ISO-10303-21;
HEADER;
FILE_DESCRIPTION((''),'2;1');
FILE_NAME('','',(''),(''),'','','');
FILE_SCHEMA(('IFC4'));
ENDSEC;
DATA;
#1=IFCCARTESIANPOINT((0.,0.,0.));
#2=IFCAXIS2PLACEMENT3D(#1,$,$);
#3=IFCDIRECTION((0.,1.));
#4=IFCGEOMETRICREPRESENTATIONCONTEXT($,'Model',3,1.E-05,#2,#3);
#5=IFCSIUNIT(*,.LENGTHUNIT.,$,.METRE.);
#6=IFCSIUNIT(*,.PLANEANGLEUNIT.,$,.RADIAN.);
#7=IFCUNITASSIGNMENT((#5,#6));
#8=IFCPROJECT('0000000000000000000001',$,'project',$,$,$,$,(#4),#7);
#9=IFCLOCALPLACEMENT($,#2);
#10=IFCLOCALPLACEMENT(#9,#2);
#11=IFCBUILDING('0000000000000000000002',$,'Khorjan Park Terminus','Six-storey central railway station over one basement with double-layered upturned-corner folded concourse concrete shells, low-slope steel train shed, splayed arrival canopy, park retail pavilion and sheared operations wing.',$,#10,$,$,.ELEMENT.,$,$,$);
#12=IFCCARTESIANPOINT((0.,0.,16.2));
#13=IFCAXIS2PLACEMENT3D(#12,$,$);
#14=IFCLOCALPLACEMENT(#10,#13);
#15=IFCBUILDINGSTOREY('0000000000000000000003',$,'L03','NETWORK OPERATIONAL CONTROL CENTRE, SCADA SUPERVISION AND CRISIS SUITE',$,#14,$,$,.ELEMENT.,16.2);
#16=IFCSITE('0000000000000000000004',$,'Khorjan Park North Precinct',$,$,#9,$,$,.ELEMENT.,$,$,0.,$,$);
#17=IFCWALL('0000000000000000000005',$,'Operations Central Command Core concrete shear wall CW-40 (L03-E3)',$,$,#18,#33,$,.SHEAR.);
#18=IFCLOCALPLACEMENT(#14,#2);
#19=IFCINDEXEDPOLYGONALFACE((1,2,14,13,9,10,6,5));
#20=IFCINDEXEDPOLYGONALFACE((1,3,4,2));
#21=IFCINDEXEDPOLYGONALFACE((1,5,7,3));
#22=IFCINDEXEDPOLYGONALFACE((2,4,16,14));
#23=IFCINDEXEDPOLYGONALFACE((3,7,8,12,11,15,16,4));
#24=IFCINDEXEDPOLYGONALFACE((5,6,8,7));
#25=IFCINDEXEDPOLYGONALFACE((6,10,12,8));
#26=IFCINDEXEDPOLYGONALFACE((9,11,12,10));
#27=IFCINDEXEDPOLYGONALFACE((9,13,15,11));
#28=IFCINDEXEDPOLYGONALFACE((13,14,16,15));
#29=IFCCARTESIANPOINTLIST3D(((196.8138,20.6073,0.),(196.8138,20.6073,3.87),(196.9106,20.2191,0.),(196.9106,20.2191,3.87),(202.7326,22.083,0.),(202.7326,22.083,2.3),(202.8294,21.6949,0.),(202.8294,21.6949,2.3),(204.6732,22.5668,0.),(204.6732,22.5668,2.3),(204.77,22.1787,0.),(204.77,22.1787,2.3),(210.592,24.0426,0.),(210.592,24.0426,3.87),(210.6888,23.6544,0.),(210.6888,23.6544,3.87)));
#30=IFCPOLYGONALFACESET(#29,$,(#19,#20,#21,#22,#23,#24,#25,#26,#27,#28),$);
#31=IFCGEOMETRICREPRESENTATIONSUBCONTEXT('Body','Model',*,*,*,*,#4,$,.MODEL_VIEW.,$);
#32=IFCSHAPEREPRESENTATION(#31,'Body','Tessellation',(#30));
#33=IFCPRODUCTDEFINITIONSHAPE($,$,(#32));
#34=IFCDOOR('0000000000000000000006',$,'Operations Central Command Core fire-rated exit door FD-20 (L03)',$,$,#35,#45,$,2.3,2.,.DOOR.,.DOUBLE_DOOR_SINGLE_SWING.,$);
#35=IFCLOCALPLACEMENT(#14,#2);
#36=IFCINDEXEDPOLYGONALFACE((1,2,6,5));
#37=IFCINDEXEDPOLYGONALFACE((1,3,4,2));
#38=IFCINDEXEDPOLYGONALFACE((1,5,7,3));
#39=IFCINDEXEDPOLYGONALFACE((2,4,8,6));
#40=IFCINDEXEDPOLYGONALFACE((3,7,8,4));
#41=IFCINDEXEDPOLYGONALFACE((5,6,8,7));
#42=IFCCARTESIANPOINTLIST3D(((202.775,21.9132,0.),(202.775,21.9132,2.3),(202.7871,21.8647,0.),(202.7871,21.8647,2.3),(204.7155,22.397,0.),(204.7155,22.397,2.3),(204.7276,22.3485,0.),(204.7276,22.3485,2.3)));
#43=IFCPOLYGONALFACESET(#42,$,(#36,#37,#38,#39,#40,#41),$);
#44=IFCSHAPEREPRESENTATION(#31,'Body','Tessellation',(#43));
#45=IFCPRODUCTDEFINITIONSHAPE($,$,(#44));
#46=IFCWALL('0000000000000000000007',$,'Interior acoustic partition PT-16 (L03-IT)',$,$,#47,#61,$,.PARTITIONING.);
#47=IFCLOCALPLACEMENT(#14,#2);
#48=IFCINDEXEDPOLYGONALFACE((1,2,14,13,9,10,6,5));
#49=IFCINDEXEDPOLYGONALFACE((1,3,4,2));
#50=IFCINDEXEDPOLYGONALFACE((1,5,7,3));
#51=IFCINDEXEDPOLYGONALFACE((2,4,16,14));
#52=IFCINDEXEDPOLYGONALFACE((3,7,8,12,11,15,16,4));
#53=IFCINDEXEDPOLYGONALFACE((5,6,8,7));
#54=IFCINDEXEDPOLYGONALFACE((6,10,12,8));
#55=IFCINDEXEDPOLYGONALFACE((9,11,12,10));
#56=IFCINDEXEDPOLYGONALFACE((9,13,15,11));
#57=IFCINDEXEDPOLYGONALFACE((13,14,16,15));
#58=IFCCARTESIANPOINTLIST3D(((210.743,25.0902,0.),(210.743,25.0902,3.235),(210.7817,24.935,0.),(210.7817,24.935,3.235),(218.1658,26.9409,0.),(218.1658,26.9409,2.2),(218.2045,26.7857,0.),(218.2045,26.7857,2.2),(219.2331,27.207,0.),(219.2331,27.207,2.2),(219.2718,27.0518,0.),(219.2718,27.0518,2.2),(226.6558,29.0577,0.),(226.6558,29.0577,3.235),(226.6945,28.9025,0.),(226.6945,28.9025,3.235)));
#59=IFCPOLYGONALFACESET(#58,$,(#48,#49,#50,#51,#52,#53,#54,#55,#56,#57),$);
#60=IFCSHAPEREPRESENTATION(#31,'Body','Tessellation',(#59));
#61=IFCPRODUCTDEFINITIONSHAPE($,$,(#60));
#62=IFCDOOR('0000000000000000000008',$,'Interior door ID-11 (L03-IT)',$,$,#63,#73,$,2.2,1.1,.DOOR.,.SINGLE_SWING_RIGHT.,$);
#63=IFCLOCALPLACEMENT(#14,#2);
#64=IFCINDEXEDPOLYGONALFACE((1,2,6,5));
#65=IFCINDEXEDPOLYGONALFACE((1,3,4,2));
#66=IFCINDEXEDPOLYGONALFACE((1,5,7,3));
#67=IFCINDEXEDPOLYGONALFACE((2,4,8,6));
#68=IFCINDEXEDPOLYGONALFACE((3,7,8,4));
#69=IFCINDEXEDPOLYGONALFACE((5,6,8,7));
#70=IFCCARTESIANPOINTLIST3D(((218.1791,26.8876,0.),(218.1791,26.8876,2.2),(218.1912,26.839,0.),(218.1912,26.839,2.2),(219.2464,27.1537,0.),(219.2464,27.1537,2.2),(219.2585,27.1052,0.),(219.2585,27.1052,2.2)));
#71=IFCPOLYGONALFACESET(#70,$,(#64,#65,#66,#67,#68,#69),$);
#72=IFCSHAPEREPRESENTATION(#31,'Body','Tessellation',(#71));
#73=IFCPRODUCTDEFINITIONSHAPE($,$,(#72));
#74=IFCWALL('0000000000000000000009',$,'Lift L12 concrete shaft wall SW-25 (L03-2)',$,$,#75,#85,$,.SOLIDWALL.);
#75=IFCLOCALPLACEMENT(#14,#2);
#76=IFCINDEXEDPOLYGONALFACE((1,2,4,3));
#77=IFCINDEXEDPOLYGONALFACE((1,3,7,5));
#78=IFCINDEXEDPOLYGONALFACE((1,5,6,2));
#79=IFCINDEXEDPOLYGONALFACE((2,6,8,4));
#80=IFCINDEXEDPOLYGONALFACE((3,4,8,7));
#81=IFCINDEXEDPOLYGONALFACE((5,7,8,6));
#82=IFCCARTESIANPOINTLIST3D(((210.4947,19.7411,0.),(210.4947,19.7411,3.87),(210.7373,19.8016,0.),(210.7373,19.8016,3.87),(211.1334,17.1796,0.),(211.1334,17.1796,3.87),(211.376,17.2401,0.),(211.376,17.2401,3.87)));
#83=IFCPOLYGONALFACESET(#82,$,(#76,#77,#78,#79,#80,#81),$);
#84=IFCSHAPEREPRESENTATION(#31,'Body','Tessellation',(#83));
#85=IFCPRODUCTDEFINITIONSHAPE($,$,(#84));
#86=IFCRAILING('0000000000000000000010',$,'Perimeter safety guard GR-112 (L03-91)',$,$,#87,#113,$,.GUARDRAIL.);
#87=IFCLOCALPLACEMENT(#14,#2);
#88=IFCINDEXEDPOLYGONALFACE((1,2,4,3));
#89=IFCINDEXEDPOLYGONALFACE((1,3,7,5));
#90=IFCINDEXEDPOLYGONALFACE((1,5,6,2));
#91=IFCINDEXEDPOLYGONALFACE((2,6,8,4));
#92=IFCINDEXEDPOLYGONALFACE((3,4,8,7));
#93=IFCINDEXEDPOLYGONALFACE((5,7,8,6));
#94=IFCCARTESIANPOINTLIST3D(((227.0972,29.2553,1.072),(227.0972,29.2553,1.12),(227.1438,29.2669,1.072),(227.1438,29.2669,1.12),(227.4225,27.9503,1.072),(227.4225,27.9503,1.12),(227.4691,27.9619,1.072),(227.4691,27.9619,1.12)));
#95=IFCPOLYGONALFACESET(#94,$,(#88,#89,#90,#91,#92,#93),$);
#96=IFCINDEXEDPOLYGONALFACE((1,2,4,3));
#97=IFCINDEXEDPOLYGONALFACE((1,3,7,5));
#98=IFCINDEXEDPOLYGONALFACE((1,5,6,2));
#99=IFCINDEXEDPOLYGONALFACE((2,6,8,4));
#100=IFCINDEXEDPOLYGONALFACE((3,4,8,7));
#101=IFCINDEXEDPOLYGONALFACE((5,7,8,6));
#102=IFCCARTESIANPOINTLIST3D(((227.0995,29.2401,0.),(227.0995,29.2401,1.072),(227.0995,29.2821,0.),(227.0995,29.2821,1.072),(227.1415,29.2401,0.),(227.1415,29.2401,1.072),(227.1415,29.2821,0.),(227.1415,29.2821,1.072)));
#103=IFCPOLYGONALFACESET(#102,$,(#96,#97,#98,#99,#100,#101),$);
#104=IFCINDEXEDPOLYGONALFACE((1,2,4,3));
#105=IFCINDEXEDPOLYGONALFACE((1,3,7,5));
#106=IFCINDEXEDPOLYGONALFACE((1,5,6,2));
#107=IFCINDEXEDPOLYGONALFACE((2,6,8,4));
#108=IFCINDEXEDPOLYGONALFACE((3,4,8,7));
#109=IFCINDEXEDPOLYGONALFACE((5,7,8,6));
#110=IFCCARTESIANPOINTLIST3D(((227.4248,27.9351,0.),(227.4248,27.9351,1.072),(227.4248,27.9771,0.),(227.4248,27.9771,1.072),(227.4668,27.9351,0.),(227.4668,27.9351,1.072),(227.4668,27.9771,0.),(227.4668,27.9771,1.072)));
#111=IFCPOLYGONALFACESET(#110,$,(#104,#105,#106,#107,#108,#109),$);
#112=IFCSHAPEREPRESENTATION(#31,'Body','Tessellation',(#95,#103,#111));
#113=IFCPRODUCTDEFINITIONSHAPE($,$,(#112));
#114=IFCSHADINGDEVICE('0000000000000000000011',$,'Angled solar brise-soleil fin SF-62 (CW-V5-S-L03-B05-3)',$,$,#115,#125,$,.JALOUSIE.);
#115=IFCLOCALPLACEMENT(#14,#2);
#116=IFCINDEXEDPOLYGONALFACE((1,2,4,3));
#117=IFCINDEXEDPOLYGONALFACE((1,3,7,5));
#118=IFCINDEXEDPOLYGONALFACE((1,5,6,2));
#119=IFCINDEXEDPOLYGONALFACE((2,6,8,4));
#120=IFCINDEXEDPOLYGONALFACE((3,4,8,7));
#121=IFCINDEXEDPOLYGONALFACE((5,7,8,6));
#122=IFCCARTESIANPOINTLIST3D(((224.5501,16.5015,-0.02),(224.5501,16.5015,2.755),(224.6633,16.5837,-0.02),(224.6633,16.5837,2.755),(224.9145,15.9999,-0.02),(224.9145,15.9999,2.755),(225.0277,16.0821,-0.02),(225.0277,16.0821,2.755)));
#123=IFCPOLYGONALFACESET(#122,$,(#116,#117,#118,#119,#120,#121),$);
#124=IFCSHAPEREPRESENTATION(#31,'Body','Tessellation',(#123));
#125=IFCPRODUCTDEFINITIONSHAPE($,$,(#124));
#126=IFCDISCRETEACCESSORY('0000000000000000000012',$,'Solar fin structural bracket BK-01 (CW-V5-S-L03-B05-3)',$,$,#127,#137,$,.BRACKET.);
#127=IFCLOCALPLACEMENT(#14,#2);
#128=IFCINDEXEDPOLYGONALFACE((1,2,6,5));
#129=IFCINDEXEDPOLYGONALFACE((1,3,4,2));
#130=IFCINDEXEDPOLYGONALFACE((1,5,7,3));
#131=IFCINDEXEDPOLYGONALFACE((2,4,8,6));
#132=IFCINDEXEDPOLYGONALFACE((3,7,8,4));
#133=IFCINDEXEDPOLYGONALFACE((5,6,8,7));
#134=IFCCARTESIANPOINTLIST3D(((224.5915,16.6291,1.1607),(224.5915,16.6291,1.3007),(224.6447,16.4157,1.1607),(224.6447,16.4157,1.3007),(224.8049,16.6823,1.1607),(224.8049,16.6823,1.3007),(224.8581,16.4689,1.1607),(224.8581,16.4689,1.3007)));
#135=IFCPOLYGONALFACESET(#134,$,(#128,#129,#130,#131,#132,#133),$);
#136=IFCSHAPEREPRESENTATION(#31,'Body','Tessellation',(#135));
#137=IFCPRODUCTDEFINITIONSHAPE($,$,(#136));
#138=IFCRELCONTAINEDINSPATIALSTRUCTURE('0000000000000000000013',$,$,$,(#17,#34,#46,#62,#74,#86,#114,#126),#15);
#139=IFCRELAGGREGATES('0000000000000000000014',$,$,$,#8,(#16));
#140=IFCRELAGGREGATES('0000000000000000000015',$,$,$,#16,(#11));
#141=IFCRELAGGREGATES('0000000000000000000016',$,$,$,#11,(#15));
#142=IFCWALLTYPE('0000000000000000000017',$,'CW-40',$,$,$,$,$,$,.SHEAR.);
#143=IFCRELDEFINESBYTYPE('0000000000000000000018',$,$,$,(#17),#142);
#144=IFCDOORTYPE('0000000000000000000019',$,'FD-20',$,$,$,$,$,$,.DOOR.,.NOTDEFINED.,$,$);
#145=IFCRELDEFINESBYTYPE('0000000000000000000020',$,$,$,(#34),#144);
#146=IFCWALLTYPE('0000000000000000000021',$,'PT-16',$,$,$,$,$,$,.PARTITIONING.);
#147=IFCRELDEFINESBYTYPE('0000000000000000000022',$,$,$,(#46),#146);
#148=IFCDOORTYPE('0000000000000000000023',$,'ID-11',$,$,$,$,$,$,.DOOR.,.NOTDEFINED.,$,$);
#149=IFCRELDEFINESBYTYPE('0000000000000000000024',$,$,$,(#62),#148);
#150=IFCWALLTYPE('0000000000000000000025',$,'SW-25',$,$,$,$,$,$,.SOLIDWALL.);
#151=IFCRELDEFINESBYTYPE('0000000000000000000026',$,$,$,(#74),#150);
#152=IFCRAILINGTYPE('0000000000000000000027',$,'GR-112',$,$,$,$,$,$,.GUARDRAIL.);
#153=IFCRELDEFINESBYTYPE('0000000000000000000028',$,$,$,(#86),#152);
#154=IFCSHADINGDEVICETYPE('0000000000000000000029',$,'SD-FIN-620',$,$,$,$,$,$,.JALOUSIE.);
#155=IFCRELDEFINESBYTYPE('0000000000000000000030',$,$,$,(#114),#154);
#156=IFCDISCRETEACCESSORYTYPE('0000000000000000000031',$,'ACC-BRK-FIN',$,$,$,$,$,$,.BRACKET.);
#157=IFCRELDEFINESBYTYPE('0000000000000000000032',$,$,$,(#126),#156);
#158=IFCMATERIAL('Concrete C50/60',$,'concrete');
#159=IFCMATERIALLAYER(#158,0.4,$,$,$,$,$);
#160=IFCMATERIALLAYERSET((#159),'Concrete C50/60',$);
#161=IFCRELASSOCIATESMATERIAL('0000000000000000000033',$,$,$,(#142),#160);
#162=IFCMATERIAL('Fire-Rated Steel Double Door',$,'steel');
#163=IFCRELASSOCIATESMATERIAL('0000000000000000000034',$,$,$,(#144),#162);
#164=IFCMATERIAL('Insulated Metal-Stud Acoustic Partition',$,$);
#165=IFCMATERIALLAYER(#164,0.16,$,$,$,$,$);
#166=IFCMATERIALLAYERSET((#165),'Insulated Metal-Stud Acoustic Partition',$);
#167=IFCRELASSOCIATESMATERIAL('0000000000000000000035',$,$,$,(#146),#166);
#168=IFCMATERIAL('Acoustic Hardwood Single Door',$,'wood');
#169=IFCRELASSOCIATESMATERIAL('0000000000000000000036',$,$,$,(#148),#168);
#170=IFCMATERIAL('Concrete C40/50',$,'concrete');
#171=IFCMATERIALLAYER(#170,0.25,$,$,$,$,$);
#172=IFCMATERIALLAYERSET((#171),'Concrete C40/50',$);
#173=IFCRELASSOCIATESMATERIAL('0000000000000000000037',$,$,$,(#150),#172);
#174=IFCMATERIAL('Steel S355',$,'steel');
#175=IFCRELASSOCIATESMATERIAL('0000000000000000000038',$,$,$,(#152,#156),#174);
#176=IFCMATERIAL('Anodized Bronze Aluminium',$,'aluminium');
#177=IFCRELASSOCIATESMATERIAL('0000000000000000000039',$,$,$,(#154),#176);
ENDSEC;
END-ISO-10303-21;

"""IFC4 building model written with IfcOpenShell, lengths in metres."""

from ifc_helpers import new_model, si_unit, direction, frame, frame_2d, origin, origin_2d, place, context, subcontext, project, spatial, rectangle, extrude, material, layer, layer_set, type_object, element, fill, save


model = new_model("IFC4")

# Units and contexts
model_context = context("Model", 3, precision=1e-05, world=origin(), true_north=direction((0.0, 1.0)))
body_context = subcontext(model_context, "Body", "Model", "MODEL_VIEW")
ifc_project = project(units=[si_unit("LENGTHUNIT", "METRE"), si_unit("PLANEANGLEUNIT", "RADIAN")], contexts=[model_context])

# Site, building, storey
site_placement = place(None, origin())
site = spatial("IfcSite", under=ifc_project, at=site_placement, Name="Khorjan Park North Precinct", CompositionType="ELEMENT", RefElevation=0.0)
building_placement = place(site_placement, origin())
building = spatial("IfcBuilding", under=site, at=building_placement, Name="Khorjan Park Terminus", Description="Six-storey central railway station over one basement with double-layered upturned-corner folded concourse concrete shells, low-slope steel train shed, splayed arrival canopy, park retail pavilion and sheared operations wing.", CompositionType="ELEMENT")
storey_placement = place(building_placement, frame((0.0, 0.0, 16.2)))
storey = spatial("IfcBuildingStorey", under=building, at=storey_placement, Name="L03", Description="NETWORK OPERATIONAL CONTROL CENTRE, SCADA SUPERVISION AND CRISIS SUITE", CompositionType="ELEMENT", Elevation=16.2)

# Shared definitions
ifc_material_1 = material(Name="Concrete C50/60", Category="concrete")

# Shared definitions
ifc_material_2 = material(Name="Steel S355", Category="steel")
ifc_material_3 = material(Name="Concrete C40/50", Category="concrete")

# Shared definitions
ifc_material_4 = material(Name="Anodized Bronze Aluminium", Category="aluminium")

# Walls, openings, doors
ifc_layer_1 = layer(ifc_material_1, 0.4)
ifc_layer_set_1 = layer_set([ifc_layer_1], Name="Concrete C50/60")
wall_type_1 = type_object("IfcWallType", Name="CW-40", PredefinedType="SHEAR", material=ifc_layer_set_1)
wall_1_placement = place(storey_placement, frame((210.6404, 23.8485, 0.0), z_axis=(0.0, 0.0, 1.0), x_axis=(-0.970296, -0.241922, 0.0)))
wall_1 = element("IfcWall", 1, at=wall_1_placement, inside=storey, type_object=wall_type_1, Name="Operations Central Command Core concrete shear wall CW-40 (L03-E3)", PredefinedType="SHEAR", context=body_context, shape_type="SweptSolid", body=[
    extrude(rectangle(XDim=14.2, YDim=0.4, at=frame_2d((7.1, 0.0))), origin(), (0.0, 0.0, 1.0), 3.87),
])
opening_1_placement = place(wall_1_placement, frame((6.1, 0.0, 0.0)))
opening_1 = element("IfcOpeningElement", 2, at=opening_1_placement, cuts=wall_1, PredefinedType="OPENING", context=body_context, shape_type="SweptSolid", body=[
    extrude(rectangle(XDim=2.0, YDim=2.3, at=frame_2d((1.0, 1.15))), frame((0.0, 0.21, 0.0), z_axis=(0.0, -1.0, 0.0), x_axis=(1.0, 0.0, 0.0)), (0.0, 0.0, 1.0), 0.42),
])
ifc_material_5 = material(Name="Fire-Rated Steel Double Door", Category="steel")
door_type_1 = type_object("IfcDoorType", Name="FD-20", OperationType="NOTDEFINED", PredefinedType="DOOR", material=ifc_material_5)
door_1_placement = place(opening_1_placement, origin())
door_1 = element("IfcDoor", 3, at=door_1_placement, inside=storey, type_object=door_type_1, Name="Operations Central Command Core fire-rated exit door FD-20 (L03)", OperationType="DOUBLE_DOOR_SINGLE_SWING", OverallHeight=2.3, OverallWidth=2.0, PredefinedType="DOOR", context=body_context, shape_type="SweptSolid", body=[
    extrude(rectangle(XDim=2.0, YDim=2.3, at=frame_2d((1.0, 1.15))), frame((0.0, 0.025, 0.0), z_axis=(0.0, -1.0, 0.0), x_axis=(1.0, 0.0, 0.0)), (0.0, 0.0, 1.0), 0.05),
])
fill(opening_1, door_1)
ifc_material_6 = material(Name="Insulated Metal-Stud Acoustic Partition")
ifc_layer_2 = layer(ifc_material_6, 0.16)
ifc_layer_set_2 = layer_set([ifc_layer_2], Name="Insulated Metal-Stud Acoustic Partition")
wall_type_2 = type_object("IfcWallType", Name="PT-16", PredefinedType="PARTITIONING", material=ifc_layer_set_2)
wall_2_placement = place(storey_placement, frame((210.7624, 25.0126, 0.0), z_axis=(0.0, 0.0, 1.0), x_axis=(0.970296, 0.241922, 0.0)))
wall_2 = element("IfcWall", 4, at=wall_2_placement, inside=storey, type_object=wall_type_2, Name="Interior acoustic partition PT-16 (L03-IT)", PredefinedType="PARTITIONING", context=body_context, shape_type="SweptSolid", body=[
    extrude(rectangle(XDim=16.3999, YDim=0.16, at=frame_2d((8.1999, 0.0))), origin(), (0.0, 0.0, 1.0), 3.235),
])
opening_2_placement = place(wall_2_placement, frame((7.65, 0.0, 0.0)))
opening_2 = element("IfcOpeningElement", 5, at=opening_2_placement, cuts=wall_2, PredefinedType="OPENING", context=body_context, shape_type="SweptSolid", body=[
    extrude(rectangle(XDim=1.1, YDim=2.2, at=frame_2d((0.55, 1.1))), frame((0.0, 0.09, 0.0), z_axis=(0.0, -1.0, 0.0), x_axis=(1.0, 0.0, 0.0)), (0.0, 0.0, 1.0), 0.18),
])
ifc_material_7 = material(Name="Acoustic Hardwood Single Door", Category="wood")
door_type_2 = type_object("IfcDoorType", Name="ID-11", OperationType="NOTDEFINED", PredefinedType="DOOR", material=ifc_material_7)
door_2_placement = place(opening_2_placement, origin())
door_2 = element("IfcDoor", 6, at=door_2_placement, inside=storey, type_object=door_type_2, Name="Interior door ID-11 (L03-IT)", OperationType="SINGLE_SWING_RIGHT", OverallHeight=2.2, OverallWidth=1.1, PredefinedType="DOOR", context=body_context, shape_type="SweptSolid", body=[
    extrude(rectangle(XDim=1.1, YDim=2.2, at=frame_2d((0.55, 1.1))), frame((0.0, 0.025, 0.0), z_axis=(0.0, -1.0, 0.0), x_axis=(1.0, 0.0, 0.0)), (0.0, 0.0, 1.0), 0.05),
])
fill(opening_2, door_2)

# Wall
ifc_layer_3 = layer(ifc_material_3, 0.25)
ifc_layer_set_3 = layer_set([ifc_layer_3], Name="Concrete C40/50")
wall_type_3 = type_object("IfcWallType", Name="SW-25", PredefinedType="SOLIDWALL", material=ifc_layer_set_3)
wall_3_placement = place(storey_placement, frame((211.2547, 17.2099, 0.0), z_axis=(0.0, 0.0, 1.0), x_axis=(-0.241938, 0.970292, 0.0)))
element("IfcWall", 7, at=wall_3_placement, inside=storey, type_object=wall_type_3, Name="Lift L12 concrete shaft wall SW-25 (L03-2)", PredefinedType="SOLIDWALL", context=body_context, shape_type="SweptSolid", body=[
    extrude(rectangle(XDim=2.6399, YDim=0.25, at=frame_2d((1.3199, 0.0))), origin(), (0.0, 0.0, 1.0), 3.87),
])

# Railing
railing_type = type_object("IfcRailingType", Name="GR-112", PredefinedType="GUARDRAIL", material=ifc_material_2)
railing_placement = place(storey_placement, frame((227.1205, 29.2611, 0.0)))
element("IfcRailing", 8, at=railing_placement, inside=storey, type_object=railing_type, Name="Perimeter safety guard GR-112 (L03-91)", PredefinedType="GUARDRAIL", context=body_context, shape_type="SweptSolid", body=[
    extrude(rectangle(XDim=0.048, YDim=0.048, at=origin_2d()), frame((0.0, 0.0, 1.096), z_axis=(0.241871, -0.970308, 0.0), x_axis=(0.970308, 0.241871, 0.0)), (0.0, 0.0, 1.0), 1.3449),
    extrude(rectangle(XDim=0.042, YDim=0.042, at=origin_2d()), origin(), (0.0, 0.0, 1.0), 1.072),
    extrude(rectangle(XDim=0.042, YDim=0.042, at=origin_2d()), frame((0.3253, -1.305, 0.0)), (0.0, 0.0, 1.0), 1.072),
])

# Shading device
shading_device_type = type_object("IfcShadingDeviceType", Name="SD-FIN-620", PredefinedType="JALOUSIE", material=ifc_material_4)
shading_device_placement = place(storey_placement, frame((224.7889, 16.2918, -0.02), z_axis=(0.0, 0.0, 1.0), x_axis=(-0.587785, 0.809017, 0.0)))
element("IfcShadingDevice", 9, at=shading_device_placement, inside=storey, type_object=shading_device_type, Name="Angled solar brise-soleil fin SF-62 (CW-V5-S-L03-B05-3)", PredefinedType="JALOUSIE", context=body_context, shape_type="SweptSolid", body=[
    extrude(rectangle(XDim=0.62, YDim=0.14, at=origin_2d()), origin(), (0.0, 0.0, 1.0), 2.775),
])

# Discrete accessory
discrete_accessory_type = type_object("IfcDiscreteAccessoryType", Name="ACC-BRK-FIN", PredefinedType="BRACKET", material=ifc_material_2)
discrete_accessory_placement = place(storey_placement, frame((224.7248, 16.549, 1.1607), z_axis=(0.0, 0.0, 1.0), x_axis=(0.970296, 0.241919, 0.0)))
element("IfcDiscreteAccessory", 10, at=discrete_accessory_placement, inside=storey, type_object=discrete_accessory_type, Name="Solar fin structural bracket BK-01 (CW-V5-S-L03-B05-3)", PredefinedType="BRACKET", context=body_context, shape_type="SweptSolid", body=[
    extrude(rectangle(XDim=0.22, YDim=0.22, at=origin_2d()), origin(), (0.0, 0.0, 1.0), 0.14),
])

save(model, "model.ifc")
